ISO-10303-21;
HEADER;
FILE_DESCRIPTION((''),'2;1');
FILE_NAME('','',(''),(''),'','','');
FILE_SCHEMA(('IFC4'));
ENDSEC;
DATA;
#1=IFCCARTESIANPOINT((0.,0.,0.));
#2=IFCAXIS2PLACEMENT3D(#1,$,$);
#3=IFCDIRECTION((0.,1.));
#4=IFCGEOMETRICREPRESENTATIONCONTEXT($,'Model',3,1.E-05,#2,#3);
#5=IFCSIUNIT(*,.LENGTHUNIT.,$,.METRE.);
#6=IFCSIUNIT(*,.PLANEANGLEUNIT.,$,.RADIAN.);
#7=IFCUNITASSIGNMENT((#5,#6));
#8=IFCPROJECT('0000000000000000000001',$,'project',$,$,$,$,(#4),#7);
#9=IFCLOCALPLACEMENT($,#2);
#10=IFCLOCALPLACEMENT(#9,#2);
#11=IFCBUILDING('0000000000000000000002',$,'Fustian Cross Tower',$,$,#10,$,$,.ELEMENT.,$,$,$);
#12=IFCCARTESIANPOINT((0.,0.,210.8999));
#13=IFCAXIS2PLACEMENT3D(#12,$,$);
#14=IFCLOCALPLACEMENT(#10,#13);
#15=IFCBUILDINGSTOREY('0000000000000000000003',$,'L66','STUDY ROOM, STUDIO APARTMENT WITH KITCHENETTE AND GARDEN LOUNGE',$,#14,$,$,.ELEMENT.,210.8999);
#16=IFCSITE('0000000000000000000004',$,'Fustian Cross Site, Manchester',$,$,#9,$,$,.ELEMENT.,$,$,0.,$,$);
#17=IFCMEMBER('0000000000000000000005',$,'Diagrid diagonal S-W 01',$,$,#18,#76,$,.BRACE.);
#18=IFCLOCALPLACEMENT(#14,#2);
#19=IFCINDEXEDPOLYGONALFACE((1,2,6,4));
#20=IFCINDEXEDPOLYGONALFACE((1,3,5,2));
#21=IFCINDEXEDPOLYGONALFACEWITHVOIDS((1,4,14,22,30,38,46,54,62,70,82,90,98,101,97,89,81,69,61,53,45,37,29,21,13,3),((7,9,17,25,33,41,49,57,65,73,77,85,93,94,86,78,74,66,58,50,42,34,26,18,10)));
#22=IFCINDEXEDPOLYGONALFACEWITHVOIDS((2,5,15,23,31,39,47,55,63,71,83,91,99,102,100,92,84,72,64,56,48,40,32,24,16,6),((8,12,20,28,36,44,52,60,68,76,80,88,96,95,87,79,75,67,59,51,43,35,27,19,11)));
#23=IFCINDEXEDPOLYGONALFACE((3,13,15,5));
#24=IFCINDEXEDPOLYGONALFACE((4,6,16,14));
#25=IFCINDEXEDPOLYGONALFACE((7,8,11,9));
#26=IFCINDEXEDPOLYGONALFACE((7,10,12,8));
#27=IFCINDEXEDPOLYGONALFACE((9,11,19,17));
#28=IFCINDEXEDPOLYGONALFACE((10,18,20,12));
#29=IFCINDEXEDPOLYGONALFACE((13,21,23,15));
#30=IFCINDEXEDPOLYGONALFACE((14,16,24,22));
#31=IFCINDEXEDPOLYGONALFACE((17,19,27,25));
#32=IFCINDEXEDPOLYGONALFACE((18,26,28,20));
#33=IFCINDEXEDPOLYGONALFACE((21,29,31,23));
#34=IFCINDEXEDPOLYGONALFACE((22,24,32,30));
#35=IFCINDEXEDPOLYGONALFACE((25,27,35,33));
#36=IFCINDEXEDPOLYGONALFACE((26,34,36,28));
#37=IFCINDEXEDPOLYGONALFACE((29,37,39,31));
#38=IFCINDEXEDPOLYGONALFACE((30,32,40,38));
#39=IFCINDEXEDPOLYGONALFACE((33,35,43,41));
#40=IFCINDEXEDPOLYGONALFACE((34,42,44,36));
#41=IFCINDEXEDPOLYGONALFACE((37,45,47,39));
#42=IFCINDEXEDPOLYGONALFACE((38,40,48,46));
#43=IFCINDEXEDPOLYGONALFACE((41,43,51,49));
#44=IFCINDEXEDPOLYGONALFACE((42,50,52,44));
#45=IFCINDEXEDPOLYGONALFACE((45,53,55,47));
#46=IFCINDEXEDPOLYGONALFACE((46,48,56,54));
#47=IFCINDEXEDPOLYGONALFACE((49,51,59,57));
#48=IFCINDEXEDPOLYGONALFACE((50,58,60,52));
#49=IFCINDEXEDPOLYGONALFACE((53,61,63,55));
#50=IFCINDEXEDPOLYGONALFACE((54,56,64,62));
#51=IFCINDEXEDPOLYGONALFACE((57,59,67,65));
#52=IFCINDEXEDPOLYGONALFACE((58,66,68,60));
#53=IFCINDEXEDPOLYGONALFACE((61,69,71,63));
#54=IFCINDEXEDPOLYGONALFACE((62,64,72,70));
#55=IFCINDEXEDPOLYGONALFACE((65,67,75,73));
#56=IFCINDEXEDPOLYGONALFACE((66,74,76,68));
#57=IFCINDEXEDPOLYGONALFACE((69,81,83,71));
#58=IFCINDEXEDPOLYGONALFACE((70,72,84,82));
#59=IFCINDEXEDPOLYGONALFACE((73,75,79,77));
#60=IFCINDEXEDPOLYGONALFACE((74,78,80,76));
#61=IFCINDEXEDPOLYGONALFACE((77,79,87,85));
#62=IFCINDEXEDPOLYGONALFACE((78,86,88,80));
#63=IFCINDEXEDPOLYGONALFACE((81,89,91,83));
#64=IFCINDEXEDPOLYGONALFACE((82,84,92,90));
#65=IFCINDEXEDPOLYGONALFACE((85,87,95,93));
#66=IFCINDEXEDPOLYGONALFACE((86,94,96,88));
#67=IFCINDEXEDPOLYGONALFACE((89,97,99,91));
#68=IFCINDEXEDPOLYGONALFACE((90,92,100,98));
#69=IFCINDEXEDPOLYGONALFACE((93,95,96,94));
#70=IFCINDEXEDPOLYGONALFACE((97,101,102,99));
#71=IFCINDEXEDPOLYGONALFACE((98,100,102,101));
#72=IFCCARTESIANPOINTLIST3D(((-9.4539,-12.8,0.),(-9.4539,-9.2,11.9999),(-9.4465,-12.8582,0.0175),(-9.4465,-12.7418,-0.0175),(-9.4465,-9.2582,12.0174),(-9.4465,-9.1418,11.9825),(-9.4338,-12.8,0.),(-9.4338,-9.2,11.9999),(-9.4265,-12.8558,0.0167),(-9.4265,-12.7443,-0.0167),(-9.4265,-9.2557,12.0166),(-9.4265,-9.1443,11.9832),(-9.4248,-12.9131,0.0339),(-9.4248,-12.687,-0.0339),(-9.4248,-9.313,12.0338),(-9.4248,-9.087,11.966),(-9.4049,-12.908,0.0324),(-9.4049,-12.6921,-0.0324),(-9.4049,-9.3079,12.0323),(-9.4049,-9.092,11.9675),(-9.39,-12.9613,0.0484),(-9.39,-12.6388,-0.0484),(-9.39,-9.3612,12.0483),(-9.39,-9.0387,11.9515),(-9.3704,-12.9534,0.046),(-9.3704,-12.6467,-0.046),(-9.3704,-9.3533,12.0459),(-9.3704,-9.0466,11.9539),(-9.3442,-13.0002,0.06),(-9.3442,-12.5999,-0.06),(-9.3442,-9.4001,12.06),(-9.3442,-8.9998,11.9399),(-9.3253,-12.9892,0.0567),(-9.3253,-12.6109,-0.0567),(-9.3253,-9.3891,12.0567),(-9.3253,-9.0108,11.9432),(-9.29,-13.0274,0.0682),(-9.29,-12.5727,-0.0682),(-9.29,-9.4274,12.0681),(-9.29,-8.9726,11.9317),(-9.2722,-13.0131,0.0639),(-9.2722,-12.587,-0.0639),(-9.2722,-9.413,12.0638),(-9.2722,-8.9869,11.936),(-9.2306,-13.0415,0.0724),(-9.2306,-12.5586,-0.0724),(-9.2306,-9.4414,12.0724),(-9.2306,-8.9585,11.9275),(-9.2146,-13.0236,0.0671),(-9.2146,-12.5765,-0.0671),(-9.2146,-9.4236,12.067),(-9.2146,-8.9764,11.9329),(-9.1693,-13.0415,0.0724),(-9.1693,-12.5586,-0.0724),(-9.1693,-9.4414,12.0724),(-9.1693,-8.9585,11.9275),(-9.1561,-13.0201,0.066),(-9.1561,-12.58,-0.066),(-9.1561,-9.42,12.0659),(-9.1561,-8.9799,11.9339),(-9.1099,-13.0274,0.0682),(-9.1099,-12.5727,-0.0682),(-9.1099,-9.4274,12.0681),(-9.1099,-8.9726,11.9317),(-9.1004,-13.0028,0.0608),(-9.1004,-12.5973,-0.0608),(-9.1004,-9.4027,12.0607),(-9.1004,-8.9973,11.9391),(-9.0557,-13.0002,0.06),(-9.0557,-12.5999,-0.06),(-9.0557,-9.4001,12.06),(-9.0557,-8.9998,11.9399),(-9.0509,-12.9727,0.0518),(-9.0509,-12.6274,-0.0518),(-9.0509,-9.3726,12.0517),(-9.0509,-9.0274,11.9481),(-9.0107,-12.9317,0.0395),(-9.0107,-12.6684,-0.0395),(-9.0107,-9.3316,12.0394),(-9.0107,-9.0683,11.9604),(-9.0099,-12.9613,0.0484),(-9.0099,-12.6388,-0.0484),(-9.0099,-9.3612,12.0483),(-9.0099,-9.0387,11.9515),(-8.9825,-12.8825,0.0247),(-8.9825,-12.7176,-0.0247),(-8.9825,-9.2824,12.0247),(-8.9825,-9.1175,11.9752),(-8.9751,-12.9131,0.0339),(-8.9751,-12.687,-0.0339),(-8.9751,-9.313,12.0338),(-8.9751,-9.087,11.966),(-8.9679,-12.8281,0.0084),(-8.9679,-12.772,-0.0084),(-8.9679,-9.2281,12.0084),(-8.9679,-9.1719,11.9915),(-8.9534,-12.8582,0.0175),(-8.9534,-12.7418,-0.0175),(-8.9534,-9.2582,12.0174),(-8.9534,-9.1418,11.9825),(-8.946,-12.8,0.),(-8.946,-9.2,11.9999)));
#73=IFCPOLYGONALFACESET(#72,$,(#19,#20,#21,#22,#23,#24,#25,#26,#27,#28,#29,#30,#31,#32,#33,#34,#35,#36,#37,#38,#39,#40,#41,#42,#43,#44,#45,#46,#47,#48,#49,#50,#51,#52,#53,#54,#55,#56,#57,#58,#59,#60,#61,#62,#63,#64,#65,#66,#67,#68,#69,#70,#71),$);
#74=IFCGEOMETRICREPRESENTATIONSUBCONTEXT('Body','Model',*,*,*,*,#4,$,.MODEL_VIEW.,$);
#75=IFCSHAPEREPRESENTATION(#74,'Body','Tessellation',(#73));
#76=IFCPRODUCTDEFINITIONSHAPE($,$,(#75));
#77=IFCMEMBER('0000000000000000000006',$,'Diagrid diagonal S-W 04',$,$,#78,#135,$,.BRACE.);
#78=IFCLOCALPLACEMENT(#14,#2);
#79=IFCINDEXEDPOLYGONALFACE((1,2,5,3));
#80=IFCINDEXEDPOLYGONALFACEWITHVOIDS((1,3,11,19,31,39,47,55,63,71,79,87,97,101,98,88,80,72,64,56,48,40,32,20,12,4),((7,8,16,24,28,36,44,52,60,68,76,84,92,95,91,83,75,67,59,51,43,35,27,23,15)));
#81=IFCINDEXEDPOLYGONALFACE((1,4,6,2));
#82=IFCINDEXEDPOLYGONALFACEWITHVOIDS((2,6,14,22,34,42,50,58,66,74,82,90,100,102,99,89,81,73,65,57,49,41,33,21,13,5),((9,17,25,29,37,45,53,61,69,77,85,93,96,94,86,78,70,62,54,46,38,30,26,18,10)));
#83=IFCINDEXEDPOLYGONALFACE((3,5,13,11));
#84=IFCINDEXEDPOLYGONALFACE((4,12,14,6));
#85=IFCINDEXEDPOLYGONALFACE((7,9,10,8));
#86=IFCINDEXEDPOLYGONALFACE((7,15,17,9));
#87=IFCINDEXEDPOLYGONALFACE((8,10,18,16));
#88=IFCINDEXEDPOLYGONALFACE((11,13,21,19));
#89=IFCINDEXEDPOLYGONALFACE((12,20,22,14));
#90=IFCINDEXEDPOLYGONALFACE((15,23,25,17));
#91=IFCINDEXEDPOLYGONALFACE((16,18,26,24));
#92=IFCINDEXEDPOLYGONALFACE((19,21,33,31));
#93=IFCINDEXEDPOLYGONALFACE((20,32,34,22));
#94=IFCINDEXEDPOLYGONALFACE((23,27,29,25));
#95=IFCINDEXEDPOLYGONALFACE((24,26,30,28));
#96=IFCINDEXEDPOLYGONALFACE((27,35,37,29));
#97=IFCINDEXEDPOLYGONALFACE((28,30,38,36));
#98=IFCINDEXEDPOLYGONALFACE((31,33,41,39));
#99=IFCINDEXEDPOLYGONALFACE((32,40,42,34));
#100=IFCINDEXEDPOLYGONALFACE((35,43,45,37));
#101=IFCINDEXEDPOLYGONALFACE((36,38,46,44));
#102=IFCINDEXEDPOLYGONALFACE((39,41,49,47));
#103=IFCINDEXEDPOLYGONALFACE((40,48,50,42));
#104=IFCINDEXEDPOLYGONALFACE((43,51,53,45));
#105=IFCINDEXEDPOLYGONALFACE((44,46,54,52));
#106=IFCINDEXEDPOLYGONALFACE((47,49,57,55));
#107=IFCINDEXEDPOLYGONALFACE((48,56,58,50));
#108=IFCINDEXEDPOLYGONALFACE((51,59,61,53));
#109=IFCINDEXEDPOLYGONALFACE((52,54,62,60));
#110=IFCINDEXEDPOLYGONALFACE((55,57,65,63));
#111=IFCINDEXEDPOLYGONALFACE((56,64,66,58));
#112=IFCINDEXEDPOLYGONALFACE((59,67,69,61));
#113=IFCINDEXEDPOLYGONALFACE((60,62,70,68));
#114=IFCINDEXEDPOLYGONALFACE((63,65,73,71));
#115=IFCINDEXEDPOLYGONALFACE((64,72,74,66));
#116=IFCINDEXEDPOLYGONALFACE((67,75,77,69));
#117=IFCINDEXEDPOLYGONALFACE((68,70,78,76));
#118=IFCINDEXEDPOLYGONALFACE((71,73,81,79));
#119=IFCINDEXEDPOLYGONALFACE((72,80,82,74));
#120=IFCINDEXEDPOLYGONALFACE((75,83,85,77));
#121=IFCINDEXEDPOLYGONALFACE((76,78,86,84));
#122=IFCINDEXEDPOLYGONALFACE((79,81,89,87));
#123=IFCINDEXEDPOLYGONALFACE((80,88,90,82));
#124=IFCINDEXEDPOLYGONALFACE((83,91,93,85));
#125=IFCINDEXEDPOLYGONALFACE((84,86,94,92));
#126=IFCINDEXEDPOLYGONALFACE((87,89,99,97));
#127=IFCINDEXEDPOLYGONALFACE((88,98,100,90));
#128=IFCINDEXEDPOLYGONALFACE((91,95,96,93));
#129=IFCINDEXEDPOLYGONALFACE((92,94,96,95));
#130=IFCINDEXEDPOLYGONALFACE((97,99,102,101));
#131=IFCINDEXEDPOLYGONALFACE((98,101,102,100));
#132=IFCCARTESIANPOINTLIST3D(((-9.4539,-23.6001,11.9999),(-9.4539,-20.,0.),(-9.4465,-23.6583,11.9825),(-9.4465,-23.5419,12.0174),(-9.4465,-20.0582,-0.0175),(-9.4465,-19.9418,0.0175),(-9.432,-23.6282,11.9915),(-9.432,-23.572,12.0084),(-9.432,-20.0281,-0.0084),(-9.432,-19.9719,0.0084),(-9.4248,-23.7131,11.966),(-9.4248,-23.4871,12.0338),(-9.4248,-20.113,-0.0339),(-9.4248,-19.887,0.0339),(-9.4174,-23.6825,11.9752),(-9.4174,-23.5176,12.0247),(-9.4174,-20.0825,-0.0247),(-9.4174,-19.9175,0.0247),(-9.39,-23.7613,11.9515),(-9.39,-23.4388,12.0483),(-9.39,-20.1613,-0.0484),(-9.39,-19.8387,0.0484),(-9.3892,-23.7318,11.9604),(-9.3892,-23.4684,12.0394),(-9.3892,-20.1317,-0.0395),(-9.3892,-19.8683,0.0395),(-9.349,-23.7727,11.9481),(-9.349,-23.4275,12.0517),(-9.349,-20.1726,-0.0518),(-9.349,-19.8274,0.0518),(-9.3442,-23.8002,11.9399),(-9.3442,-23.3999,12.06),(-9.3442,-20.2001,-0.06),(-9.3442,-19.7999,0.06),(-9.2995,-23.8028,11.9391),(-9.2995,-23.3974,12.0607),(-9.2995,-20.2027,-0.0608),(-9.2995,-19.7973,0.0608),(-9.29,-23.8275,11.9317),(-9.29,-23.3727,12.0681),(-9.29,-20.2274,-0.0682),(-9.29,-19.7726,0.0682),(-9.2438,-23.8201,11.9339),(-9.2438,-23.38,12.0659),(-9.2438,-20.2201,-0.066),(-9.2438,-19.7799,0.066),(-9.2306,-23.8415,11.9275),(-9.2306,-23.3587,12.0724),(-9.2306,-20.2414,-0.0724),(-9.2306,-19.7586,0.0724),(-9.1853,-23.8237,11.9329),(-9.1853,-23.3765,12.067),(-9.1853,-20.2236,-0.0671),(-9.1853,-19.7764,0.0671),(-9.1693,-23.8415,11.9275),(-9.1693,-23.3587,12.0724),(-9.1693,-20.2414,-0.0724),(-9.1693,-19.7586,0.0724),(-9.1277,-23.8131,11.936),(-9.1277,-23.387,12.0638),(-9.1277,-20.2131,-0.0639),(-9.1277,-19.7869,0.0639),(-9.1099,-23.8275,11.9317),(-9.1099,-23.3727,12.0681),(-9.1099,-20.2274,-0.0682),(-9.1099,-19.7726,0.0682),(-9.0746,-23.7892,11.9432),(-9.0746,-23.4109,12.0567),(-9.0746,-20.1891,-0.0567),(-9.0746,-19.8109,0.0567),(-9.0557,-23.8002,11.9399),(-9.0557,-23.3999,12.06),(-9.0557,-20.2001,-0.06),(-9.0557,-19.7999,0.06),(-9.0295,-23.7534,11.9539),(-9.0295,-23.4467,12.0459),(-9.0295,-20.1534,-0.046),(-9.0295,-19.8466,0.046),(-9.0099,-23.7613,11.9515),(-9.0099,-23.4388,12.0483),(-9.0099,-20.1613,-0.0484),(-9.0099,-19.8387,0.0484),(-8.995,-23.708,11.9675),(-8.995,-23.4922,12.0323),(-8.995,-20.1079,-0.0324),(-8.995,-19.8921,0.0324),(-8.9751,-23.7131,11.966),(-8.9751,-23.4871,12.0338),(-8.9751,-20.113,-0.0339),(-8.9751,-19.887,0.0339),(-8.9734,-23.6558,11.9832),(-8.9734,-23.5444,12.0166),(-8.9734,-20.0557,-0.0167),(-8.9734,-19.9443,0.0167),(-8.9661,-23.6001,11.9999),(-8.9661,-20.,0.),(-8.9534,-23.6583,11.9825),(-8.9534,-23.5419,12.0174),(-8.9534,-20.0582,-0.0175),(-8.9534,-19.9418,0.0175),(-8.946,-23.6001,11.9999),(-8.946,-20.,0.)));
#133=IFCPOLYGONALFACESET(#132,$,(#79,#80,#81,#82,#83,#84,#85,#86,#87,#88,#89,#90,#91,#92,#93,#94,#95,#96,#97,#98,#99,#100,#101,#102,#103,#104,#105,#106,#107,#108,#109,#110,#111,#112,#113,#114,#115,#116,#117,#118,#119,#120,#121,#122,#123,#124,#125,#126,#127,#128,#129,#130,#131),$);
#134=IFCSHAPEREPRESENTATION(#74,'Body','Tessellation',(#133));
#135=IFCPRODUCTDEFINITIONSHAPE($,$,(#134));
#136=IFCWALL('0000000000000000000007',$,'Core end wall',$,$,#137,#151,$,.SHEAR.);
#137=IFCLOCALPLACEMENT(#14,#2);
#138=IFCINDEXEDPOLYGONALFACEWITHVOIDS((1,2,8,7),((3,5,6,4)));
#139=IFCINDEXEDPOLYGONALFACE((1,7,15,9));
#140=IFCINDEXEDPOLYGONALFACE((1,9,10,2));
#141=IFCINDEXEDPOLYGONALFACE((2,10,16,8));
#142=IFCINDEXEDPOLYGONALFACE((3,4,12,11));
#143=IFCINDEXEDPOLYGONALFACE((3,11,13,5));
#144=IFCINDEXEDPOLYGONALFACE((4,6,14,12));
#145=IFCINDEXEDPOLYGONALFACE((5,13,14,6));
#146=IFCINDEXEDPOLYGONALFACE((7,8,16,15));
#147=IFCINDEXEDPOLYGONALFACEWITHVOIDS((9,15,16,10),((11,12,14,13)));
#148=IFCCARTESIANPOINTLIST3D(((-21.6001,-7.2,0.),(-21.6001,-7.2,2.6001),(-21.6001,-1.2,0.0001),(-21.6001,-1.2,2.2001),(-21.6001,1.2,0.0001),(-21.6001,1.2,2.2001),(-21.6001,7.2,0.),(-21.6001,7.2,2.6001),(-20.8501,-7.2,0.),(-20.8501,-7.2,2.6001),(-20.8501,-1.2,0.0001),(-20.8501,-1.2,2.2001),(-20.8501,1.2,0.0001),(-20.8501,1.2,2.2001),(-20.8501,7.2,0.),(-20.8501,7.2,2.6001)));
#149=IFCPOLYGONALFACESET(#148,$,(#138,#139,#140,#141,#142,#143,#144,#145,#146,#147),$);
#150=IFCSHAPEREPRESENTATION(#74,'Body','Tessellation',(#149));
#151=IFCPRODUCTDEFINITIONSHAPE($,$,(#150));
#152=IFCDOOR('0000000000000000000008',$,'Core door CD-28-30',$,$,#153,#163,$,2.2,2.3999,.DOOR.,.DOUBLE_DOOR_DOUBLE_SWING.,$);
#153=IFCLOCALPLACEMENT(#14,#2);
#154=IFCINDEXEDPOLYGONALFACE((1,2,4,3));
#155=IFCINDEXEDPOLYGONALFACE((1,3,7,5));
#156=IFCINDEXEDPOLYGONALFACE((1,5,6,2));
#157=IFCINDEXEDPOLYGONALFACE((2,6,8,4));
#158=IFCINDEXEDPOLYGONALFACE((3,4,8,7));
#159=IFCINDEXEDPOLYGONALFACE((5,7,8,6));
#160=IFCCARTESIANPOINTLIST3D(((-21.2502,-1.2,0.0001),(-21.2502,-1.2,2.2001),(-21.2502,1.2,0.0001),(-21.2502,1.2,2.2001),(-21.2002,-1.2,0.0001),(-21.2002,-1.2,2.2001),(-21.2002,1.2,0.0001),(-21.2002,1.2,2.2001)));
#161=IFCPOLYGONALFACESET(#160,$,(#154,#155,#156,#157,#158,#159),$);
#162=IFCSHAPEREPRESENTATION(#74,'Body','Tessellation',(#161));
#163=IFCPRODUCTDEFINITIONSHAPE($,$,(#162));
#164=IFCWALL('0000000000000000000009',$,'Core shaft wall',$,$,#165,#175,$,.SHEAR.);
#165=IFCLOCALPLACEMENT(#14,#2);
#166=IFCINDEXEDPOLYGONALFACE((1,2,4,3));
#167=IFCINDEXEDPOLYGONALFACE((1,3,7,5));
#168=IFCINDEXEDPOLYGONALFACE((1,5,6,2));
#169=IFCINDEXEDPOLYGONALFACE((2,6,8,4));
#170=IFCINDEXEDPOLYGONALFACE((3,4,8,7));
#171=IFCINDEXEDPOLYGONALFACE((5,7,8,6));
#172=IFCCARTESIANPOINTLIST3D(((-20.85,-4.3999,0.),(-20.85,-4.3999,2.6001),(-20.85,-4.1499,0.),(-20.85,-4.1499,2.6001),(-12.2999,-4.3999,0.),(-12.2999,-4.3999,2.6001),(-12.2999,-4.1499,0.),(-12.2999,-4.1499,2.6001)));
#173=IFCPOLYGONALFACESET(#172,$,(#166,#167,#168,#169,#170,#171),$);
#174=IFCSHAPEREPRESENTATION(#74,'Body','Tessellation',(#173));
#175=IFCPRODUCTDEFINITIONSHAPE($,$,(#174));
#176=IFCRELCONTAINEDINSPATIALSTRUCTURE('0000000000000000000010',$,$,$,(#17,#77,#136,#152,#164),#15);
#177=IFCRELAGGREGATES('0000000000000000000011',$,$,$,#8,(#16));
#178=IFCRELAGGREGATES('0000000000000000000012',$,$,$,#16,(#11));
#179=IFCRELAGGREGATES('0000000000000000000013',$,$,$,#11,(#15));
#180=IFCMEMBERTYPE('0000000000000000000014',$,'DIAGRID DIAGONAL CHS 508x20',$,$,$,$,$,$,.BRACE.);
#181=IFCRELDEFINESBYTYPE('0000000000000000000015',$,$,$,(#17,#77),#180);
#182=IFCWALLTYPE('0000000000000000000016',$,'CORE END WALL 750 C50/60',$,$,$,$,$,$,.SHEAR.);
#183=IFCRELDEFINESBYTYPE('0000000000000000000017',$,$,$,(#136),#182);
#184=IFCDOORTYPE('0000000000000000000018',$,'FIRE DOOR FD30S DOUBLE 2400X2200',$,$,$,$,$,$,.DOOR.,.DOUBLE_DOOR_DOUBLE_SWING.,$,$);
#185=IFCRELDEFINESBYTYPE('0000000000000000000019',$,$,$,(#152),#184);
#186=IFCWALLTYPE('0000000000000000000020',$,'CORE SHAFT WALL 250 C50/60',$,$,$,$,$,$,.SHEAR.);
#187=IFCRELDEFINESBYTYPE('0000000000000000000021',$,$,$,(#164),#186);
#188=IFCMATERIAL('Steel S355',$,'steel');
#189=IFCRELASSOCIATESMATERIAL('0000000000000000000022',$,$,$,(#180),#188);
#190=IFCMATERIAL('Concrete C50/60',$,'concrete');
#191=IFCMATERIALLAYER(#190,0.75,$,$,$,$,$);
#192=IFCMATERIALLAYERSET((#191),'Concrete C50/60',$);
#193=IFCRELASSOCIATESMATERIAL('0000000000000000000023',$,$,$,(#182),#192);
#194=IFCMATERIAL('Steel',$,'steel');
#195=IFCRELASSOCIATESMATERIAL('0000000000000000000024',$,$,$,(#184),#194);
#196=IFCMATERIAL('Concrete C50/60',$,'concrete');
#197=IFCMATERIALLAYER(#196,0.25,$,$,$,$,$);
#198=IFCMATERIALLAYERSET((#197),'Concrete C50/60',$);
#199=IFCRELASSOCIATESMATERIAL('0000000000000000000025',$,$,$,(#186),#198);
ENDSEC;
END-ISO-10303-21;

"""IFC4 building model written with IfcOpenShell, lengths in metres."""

from ifc_helpers import new_model, si_unit, direction, frame, frame_2d, origin, origin_2d, place, context, subcontext, project, spatial, rectangle, hollow_circle, extrude, material, layer, layer_set, material_profile, profile_set, type_object, element, fill, save


model = new_model("IFC4")

# Units and contexts
model_context = context("Model", 3, precision=1e-05, world=origin(), true_north=direction((0.0, 1.0)))
body_context = subcontext(model_context, "Body", "Model", "MODEL_VIEW")
ifc_project = project(units=[si_unit("LENGTHUNIT", "METRE"), si_unit("PLANEANGLEUNIT", "RADIAN")], contexts=[model_context])

# Site, building, storey
site_placement = place(None, origin())
site = spatial("IfcSite", under=ifc_project, at=site_placement, Name="Fustian Cross Site, Manchester", CompositionType="ELEMENT", RefElevation=0.0)
building_placement = place(site_placement, origin())
building = spatial("IfcBuilding", under=site, at=building_placement, Name="Fustian Cross Tower", CompositionType="ELEMENT")
storey_placement = place(building_placement, frame((0.0, 0.0, 210.8999)))
storey = spatial("IfcBuildingStorey", under=building, at=storey_placement, Name="L66", Description="STUDY ROOM, STUDIO APARTMENT WITH KITCHENETTE AND GARDEN LOUNGE", CompositionType="ELEMENT", Elevation=210.8999)

# Members
ifc_material_1 = material(Name="Steel S355", Category="steel")
ifc_material_profile_1 = material_profile(ifc_material_1, hollow_circle(Radius=0.2539, WallThickness=0.02, at=origin_2d()), Name="CHS 508x20")
ifc_profile_set_1 = profile_set([ifc_material_profile_1], Name="Steel S355")
member_type_1 = type_object("IfcMemberType", Name="DIAGRID DIAGONAL CHS 508x20", PredefinedType="BRACE", material=ifc_profile_set_1)
for number, where, z_axis, x_axis, name in (
    (1, (-9.2, -12.8, 0.0), (0.0, 0.287355, 0.957824), (-1.0, 0.0, 0.0), "Diagrid diagonal S-W 01"),
    (2, (-9.2, -20.0, 0.0), (0.0, -0.287355, 0.957824), (1.0, 0.0, 0.0), "Diagrid diagonal S-W 04"),
):
    element("IfcMember", number, at=place(storey_placement, frame(where, z_axis=z_axis, x_axis=x_axis)), inside=storey, type_object=member_type_1, Name=name, PredefinedType="BRACE", context=body_context, shape_type="SweptSolid", body=[
        extrude(hollow_circle(Radius=0.2539, WallThickness=0.02, at=origin_2d()), origin(), (0.0, 0.0, 1.0), 12.5283),
    ])

# Wall, opening, door
ifc_material_2 = material(Name="Concrete C50/60", Category="concrete")
ifc_layer_1 = layer(ifc_material_2, 0.75)
ifc_layer_set_1 = layer_set([ifc_layer_1], Name="Concrete C50/60")
wall_type_1 = type_object("IfcWallType", Name="CORE END WALL 750 C50/60", PredefinedType="SHEAR", material=ifc_layer_set_1)
wall_1_placement = place(storey_placement, frame((-21.2251, -7.2, 0.0), z_axis=(0.0, 0.0, 1.0), x_axis=(0.0, 1.0, 0.0)))
wall_1 = element("IfcWall", 3, at=wall_1_placement, inside=storey, type_object=wall_type_1, Name="Core end wall", PredefinedType="SHEAR", context=body_context, shape_type="SweptSolid", body=[
    extrude(rectangle(XDim=14.3999, YDim=0.75, at=frame_2d((7.2, 0.0))), origin(), (0.0, 0.0, 1.0), 2.6001),
])
opening_1_placement = place(wall_1_placement, frame((6.0, 0.0, 0.0)))
opening_1 = element("IfcOpeningElement", 4, at=opening_1_placement, cuts=wall_1, PredefinedType="OPENING", context=body_context, shape_type="SweptSolid", body=[
    extrude(rectangle(XDim=2.3999, YDim=2.2, at=frame_2d((1.2, 1.1001))), frame((0.0, 0.385, 0.0), z_axis=(0.0, -1.0, 0.0), x_axis=(1.0, 0.0, 0.0)), (0.0, 0.0, 1.0), 0.77),
])
ifc_material_3 = material(Name="Steel", Category="steel")
door_type_1 = type_object("IfcDoorType", Name="FIRE DOOR FD30S DOUBLE 2400X2200", OperationType="DOUBLE_DOOR_DOUBLE_SWING", PredefinedType="DOOR", material=ifc_material_3)
door_1_placement = place(opening_1_placement, frame((2.3999, 0.0, 0.0), z_axis=(0.0, 0.0, 1.0), x_axis=(-1.0, 0.0, 0.0)))
door_1 = element("IfcDoor", 5, at=door_1_placement, inside=storey, type_object=door_type_1, Name="Core door CD-28-30", OperationType="DOUBLE_DOOR_DOUBLE_SWING", OverallHeight=2.2, OverallWidth=2.3999, PredefinedType="DOOR", context=body_context, shape_type="SweptSolid", body=[
    extrude(rectangle(XDim=2.3999, YDim=2.2, at=frame_2d((1.2, 1.1001))), frame((0.0, 0.0249, 0.0), z_axis=(0.0, -1.0, 0.0), x_axis=(1.0, 0.0, 0.0)), (0.0, 0.0, 1.0), 0.05),
])
fill(opening_1, door_1)

# Wall
ifc_material_4 = material(Name="Concrete C50/60", Category="concrete")
ifc_layer_2 = layer(ifc_material_4, 0.25)
ifc_layer_set_2 = layer_set([ifc_layer_2], Name="Concrete C50/60")
wall_type_2 = type_object("IfcWallType", Name="CORE SHAFT WALL 250 C50/60", PredefinedType="SHEAR", material=ifc_layer_set_2)
wall_2_placement = place(storey_placement, frame((-12.3, -4.2749, 0.0), z_axis=(0.0, 0.0, 1.0), x_axis=(-1.0, 0.0, 0.0)))
element("IfcWall", 6, at=wall_2_placement, inside=storey, type_object=wall_type_2, Name="Core shaft wall", PredefinedType="SHEAR", context=body_context, shape_type="SweptSolid", body=[
    extrude(rectangle(XDim=8.55, YDim=0.25, at=frame_2d((4.2749, 0.0))), origin(), (0.0, 0.0, 1.0), 2.6001),
])

save(model, "model.ifc")
